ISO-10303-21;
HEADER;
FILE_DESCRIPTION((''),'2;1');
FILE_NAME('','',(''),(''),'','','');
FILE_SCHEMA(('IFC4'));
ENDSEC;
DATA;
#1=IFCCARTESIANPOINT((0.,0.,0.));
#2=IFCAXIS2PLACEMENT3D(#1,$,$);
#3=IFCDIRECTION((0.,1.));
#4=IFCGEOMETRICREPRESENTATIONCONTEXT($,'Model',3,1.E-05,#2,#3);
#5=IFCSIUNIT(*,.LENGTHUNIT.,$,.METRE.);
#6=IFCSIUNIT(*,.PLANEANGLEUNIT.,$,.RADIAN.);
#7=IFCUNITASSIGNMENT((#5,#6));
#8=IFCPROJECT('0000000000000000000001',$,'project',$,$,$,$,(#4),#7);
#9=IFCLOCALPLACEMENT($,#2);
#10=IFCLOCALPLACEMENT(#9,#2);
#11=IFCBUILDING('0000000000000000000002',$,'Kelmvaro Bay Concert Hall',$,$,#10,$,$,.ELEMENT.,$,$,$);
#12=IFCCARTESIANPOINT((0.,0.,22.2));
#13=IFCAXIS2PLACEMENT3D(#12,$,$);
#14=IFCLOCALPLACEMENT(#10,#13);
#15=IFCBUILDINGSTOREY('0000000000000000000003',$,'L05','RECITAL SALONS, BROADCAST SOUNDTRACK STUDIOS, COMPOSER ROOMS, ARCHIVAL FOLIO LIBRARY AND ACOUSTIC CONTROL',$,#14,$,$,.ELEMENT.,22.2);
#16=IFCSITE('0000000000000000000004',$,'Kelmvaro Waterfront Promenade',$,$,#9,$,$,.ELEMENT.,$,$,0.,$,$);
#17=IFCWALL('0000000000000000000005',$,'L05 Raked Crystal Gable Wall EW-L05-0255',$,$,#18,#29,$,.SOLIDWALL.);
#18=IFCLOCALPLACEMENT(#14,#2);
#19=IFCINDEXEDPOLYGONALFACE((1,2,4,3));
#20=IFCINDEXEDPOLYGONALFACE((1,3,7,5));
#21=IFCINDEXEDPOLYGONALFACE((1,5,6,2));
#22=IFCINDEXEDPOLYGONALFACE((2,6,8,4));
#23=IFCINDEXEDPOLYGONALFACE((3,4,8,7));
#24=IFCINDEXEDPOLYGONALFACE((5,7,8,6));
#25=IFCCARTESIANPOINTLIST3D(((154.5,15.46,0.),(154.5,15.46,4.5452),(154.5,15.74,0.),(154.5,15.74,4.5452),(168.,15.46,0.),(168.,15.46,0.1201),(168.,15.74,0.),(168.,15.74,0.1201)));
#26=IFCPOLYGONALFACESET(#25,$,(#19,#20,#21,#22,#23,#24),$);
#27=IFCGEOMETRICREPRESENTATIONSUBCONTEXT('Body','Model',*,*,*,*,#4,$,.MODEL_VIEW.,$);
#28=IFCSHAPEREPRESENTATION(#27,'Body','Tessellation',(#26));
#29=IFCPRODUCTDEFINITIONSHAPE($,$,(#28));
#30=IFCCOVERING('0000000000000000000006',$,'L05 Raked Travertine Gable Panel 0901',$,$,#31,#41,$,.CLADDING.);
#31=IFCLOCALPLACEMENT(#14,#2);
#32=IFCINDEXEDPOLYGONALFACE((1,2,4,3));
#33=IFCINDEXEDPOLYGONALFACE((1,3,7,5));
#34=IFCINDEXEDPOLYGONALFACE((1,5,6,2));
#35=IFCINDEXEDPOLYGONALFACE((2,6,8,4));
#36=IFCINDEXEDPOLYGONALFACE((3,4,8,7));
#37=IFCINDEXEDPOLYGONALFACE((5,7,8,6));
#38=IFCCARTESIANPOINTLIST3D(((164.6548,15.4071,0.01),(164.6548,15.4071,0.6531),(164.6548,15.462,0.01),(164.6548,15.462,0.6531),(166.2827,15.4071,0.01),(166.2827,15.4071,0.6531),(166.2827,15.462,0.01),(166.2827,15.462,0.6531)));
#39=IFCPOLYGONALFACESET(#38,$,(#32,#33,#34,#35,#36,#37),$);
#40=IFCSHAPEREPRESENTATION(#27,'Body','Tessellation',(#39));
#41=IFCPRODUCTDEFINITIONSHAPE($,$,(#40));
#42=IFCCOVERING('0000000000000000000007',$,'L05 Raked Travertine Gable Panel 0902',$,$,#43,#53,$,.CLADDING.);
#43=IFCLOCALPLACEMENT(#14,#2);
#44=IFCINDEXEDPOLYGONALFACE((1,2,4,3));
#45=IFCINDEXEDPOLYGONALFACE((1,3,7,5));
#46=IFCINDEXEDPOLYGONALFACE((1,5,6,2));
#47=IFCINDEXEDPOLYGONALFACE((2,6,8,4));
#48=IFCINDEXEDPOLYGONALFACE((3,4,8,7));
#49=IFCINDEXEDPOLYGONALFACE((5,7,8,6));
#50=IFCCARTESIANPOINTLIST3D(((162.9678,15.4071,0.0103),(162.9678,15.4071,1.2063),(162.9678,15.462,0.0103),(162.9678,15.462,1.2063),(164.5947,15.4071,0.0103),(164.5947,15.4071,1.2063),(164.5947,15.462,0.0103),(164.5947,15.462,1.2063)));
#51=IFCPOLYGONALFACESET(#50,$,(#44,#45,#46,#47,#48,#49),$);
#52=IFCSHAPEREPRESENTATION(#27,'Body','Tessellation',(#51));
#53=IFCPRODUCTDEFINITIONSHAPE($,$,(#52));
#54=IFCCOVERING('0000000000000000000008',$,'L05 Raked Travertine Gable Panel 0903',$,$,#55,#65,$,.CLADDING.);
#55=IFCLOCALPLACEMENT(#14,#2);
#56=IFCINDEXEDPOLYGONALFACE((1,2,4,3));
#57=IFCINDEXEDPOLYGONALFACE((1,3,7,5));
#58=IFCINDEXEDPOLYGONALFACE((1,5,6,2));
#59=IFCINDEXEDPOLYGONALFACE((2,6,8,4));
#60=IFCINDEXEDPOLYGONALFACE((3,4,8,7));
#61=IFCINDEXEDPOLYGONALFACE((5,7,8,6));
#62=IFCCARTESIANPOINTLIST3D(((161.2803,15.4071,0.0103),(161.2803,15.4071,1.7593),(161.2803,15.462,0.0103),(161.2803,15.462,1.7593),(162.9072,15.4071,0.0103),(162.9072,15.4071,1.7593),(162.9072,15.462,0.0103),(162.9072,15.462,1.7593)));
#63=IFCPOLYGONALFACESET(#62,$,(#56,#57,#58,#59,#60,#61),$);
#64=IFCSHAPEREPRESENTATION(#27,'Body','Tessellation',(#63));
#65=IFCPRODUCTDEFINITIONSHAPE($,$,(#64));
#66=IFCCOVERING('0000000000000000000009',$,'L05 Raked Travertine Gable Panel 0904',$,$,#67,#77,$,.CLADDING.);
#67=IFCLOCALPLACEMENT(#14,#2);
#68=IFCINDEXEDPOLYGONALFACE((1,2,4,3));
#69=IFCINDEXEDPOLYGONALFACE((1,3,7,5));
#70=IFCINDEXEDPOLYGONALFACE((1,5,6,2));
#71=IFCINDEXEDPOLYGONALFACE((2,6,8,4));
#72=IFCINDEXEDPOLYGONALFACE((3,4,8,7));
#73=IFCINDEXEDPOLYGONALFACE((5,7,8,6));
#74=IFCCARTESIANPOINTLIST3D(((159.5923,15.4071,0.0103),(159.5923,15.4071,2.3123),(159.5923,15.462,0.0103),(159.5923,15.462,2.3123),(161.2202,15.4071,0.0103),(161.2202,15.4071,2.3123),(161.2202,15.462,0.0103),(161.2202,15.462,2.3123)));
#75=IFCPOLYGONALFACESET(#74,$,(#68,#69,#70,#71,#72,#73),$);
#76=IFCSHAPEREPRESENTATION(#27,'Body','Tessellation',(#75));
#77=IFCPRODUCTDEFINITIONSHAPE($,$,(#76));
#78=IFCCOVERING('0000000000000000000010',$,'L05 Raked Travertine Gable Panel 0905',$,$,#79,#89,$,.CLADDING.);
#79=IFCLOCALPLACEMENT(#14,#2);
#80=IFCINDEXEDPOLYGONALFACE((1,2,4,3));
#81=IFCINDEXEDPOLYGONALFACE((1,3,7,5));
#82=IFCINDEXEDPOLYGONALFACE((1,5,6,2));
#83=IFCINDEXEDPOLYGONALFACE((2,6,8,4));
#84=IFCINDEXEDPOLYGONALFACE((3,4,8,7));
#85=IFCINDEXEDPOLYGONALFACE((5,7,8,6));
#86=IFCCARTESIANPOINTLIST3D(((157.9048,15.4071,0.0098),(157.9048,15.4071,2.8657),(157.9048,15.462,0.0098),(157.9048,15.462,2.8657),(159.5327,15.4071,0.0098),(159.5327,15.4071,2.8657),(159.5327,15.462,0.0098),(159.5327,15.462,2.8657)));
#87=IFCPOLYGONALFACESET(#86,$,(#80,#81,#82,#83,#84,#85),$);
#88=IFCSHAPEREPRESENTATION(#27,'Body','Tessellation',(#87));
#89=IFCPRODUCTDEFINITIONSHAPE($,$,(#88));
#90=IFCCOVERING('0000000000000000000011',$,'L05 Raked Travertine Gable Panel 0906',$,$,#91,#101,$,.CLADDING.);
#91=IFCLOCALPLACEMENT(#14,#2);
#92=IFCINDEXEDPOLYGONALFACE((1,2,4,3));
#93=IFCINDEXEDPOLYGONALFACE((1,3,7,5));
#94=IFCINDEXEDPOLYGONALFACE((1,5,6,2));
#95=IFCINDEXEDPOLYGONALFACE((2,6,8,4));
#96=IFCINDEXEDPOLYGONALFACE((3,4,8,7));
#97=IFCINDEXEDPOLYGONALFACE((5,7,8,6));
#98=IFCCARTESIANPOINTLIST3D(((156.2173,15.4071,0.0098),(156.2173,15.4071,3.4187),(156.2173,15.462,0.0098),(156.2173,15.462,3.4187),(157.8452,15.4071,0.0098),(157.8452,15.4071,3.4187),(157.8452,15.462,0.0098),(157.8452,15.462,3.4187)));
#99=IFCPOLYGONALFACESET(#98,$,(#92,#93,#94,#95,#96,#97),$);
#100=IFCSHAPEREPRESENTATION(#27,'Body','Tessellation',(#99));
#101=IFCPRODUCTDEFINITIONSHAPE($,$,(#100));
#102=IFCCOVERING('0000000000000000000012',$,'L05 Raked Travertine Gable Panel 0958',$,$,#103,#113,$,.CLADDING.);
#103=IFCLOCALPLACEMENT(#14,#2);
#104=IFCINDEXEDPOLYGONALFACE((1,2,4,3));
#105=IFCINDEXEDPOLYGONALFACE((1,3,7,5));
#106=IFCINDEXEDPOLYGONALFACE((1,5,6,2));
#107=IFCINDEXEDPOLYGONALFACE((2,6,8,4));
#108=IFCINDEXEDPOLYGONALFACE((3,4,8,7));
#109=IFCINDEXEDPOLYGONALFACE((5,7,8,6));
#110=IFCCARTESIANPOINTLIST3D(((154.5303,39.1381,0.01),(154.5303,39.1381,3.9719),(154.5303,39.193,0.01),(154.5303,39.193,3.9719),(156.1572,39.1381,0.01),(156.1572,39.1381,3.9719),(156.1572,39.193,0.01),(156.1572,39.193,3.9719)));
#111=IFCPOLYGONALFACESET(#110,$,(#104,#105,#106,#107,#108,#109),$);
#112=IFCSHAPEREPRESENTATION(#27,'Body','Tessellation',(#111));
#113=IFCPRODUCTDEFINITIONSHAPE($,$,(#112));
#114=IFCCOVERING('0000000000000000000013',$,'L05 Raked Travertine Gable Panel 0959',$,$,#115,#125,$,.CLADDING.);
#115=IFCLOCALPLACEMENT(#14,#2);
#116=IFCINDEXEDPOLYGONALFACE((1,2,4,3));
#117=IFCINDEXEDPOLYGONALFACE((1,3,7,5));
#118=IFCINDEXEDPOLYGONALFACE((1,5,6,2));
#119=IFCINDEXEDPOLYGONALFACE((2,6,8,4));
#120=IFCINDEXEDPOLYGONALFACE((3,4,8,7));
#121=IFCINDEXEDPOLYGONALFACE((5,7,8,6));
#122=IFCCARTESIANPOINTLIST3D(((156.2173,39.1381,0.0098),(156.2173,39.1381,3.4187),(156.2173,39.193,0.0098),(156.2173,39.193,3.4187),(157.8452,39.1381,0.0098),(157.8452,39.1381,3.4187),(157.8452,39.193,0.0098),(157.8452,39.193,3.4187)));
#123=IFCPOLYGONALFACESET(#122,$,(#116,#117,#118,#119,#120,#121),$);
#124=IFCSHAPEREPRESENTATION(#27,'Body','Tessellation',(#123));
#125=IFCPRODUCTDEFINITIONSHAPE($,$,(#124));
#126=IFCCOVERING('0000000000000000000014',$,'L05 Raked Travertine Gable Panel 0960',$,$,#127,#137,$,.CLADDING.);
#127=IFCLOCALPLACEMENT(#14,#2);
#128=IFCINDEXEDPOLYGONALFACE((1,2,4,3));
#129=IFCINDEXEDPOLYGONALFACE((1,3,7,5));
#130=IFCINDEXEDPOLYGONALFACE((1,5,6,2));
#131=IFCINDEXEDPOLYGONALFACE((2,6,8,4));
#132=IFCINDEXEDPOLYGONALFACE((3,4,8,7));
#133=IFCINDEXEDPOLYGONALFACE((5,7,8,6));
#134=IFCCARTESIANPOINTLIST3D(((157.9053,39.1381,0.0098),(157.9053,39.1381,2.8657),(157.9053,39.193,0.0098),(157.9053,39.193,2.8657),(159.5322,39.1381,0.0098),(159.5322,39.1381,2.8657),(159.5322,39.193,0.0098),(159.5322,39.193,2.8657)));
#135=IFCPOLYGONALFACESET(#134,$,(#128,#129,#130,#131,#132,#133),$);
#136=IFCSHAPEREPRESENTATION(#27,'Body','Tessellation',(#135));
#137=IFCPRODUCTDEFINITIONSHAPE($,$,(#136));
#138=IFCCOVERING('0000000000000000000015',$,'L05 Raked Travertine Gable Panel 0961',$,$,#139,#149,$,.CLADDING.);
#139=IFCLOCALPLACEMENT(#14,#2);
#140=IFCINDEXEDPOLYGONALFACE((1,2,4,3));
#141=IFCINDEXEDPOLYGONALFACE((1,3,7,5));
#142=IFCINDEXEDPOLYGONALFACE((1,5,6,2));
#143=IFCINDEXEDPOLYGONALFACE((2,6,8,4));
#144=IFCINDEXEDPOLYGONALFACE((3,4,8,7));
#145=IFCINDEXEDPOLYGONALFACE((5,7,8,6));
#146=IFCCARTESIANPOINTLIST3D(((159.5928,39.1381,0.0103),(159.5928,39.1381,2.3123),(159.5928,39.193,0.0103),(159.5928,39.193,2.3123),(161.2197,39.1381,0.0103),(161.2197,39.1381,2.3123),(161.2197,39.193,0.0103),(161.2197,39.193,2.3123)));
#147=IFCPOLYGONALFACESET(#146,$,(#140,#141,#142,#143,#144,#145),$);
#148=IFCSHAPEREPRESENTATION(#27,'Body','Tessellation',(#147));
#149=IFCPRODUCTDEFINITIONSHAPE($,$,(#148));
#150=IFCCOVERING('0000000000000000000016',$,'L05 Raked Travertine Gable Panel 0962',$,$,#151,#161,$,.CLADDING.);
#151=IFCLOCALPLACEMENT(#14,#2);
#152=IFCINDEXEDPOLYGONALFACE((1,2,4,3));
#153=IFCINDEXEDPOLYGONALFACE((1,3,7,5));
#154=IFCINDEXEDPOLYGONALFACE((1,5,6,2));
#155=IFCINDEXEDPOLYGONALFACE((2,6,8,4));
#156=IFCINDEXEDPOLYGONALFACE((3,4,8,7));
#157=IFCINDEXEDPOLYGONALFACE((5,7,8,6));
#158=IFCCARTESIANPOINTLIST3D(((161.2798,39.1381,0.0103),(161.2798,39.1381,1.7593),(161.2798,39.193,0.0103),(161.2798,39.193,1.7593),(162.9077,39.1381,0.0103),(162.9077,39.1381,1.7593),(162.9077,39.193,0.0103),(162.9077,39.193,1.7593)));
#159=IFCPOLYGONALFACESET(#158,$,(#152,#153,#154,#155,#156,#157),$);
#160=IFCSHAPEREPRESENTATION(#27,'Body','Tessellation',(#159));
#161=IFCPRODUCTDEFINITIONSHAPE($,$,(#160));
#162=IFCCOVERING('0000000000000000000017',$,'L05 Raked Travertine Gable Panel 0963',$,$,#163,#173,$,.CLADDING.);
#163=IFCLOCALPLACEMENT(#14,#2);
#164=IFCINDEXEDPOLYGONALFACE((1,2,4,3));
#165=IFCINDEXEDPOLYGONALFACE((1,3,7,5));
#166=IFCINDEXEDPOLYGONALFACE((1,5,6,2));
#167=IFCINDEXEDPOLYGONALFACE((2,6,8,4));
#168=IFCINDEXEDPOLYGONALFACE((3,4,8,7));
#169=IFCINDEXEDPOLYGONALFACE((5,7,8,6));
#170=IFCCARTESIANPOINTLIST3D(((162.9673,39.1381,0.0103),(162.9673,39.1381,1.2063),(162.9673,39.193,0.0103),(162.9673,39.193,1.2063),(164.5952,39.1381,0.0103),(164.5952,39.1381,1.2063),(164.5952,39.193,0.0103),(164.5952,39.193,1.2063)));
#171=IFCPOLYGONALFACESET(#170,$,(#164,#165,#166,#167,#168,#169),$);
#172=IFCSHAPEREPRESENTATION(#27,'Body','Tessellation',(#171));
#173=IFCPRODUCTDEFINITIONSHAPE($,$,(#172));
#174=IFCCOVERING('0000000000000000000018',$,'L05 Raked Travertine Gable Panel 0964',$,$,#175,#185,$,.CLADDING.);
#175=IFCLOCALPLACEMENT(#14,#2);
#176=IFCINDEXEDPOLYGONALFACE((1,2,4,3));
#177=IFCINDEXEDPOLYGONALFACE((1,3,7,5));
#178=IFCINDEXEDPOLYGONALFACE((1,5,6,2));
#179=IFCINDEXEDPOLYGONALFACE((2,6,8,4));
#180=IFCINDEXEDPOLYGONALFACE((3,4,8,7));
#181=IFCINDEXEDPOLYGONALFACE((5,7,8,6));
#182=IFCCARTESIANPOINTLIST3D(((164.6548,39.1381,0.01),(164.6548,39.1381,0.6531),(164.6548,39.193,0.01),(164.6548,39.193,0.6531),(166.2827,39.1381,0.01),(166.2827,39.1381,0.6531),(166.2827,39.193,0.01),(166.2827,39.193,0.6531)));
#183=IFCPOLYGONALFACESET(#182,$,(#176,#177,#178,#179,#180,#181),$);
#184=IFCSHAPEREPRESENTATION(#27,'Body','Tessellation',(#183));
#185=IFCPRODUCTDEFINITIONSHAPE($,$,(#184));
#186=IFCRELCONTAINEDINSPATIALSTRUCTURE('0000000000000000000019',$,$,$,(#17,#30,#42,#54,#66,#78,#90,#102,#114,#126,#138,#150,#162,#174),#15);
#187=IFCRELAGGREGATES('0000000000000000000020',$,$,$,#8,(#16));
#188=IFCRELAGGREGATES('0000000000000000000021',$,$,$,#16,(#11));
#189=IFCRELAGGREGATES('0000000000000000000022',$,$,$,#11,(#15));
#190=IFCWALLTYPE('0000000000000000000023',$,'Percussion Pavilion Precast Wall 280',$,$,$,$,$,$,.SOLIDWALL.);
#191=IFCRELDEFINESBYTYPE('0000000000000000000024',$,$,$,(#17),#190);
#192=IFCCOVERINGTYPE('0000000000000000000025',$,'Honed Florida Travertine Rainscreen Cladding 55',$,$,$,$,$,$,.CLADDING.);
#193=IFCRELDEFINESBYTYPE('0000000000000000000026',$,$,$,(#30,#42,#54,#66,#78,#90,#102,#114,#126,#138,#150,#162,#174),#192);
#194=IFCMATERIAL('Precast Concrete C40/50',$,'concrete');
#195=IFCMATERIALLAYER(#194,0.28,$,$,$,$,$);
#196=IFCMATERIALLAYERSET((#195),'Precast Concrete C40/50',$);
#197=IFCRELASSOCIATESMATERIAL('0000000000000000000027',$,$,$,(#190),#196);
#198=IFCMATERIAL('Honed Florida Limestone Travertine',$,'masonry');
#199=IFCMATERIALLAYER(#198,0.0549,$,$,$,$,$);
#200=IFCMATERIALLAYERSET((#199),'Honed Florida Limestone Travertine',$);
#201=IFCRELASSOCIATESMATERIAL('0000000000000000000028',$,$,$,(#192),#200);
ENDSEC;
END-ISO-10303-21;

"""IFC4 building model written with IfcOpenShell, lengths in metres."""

from ifc_helpers import new_model, si_unit, direction, frame, origin, origin_2d, place, context, subcontext, project, spatial, polyline, rectangle, outline, extrude, material, layer, layer_set, type_object, element, save


model = new_model("IFC4")

# Units and contexts
model_context = context("Model", 3, precision=1e-05, world=origin(), true_north=direction((0.0, 1.0)))
body_context = subcontext(model_context, "Body", "Model", "MODEL_VIEW")
ifc_project = project(units=[si_unit("LENGTHUNIT", "METRE"), si_unit("PLANEANGLEUNIT", "RADIAN")], contexts=[model_context])

# Site, building, storey
site_placement = place(None, origin())
site = spatial("IfcSite", under=ifc_project, at=site_placement, Name="Kelmvaro Waterfront Promenade", CompositionType="ELEMENT", RefElevation=0.0)
building_placement = place(site_placement, origin())
building = spatial("IfcBuilding", under=site, at=building_placement, Name="Kelmvaro Bay Concert Hall", CompositionType="ELEMENT")
storey_placement = place(building_placement, frame((0.0, 0.0, 22.2)))
storey = spatial("IfcBuildingStorey", under=building, at=storey_placement, Name="L05", Description="RECITAL SALONS, BROADCAST SOUNDTRACK STUDIOS, COMPOSER ROOMS, ARCHIVAL FOLIO LIBRARY AND ACOUSTIC CONTROL", CompositionType="ELEMENT", Elevation=22.2)

# Wall
ifc_material_1 = material(Name="Precast Concrete C40/50", Category="concrete")
ifc_layer_1 = layer(ifc_material_1, 0.28)
ifc_layer_set_1 = layer_set([ifc_layer_1], Name="Precast Concrete C40/50")
wall_type = type_object("IfcWallType", Name="Percussion Pavilion Precast Wall 280", PredefinedType="SOLIDWALL", material=ifc_layer_set_1)
wall_placement = place(storey_placement, frame((168.0, 15.6001, 0.0), z_axis=(0.0, 0.0, 1.0), x_axis=(-1.0, 0.0, 0.0)))
element("IfcWall", 1, at=wall_placement, inside=storey, type_object=wall_type, Name="L05 Raked Crystal Gable Wall EW-L05-0255", PredefinedType="SOLIDWALL", context=body_context, shape_type="SweptSolid", body=[
    extrude(outline(polyline([(0.0, 0.0), (13.5, 0.0), (13.5, 4.5452), (0.0, 0.1201), (0.0, 0.0)])), frame((0.0, 0.1401, 0.0), z_axis=(0.0, -1.0, 0.0), x_axis=(1.0, 0.0, 0.0)), (0.0, 0.0, 1.0), 0.28),
])

# Coverings
ifc_material_2 = material(Name="Honed Florida Limestone Travertine", Category="masonry")
ifc_layer_2 = layer(ifc_material_2, 0.0549)
ifc_layer_set_2 = layer_set([ifc_layer_2], Name="Honed Florida Limestone Travertine")
covering_type = type_object("IfcCoveringType", Name="Honed Florida Travertine Rainscreen Cladding 55", PredefinedType="CLADDING", material=ifc_layer_set_2)
covering_1_placement = place(storey_placement, frame((165.4688, 15.4346, 0.01), z_axis=(0.0, 0.0, 1.0), x_axis=(-1.0, 0.0, 0.0)))
element("IfcCovering", 2, at=covering_1_placement, inside=storey, type_object=covering_type, Name="L05 Raked Travertine Gable Panel 0901", PredefinedType="CLADDING", context=body_context, shape_type="SweptSolid", body=[
    extrude(rectangle(XDim=1.6279, YDim=0.0549, at=origin_2d()), origin(), (0.0, 0.0, 1.0), 0.6431),
])
covering_2_placement = place(storey_placement, frame((163.7812, 15.4346, 0.0103), z_axis=(0.0, 0.0, 1.0), x_axis=(-1.0, 0.0, 0.0)))
element("IfcCovering", 3, at=covering_2_placement, inside=storey, type_object=covering_type, Name="L05 Raked Travertine Gable Panel 0902", PredefinedType="CLADDING", context=body_context, shape_type="SweptSolid", body=[
    extrude(rectangle(XDim=1.627, YDim=0.0549, at=origin_2d()), origin(), (0.0, 0.0, 1.0), 1.196),
])
covering_3_placement = place(storey_placement, frame((162.0938, 15.4346, 0.0103), z_axis=(0.0, 0.0, 1.0), x_axis=(-1.0, 0.0, 0.0)))
element("IfcCovering", 4, at=covering_3_placement, inside=storey, type_object=covering_type, Name="L05 Raked Travertine Gable Panel 0903", PredefinedType="CLADDING", context=body_context, shape_type="SweptSolid", body=[
    extrude(rectangle(XDim=1.627, YDim=0.0549, at=origin_2d()), origin(), (0.0, 0.0, 1.0), 1.749),
])
covering_4_placement = place(storey_placement, frame((160.4062, 15.4346, 0.0103), z_axis=(0.0, 0.0, 1.0), x_axis=(-1.0, 0.0, 0.0)))
element("IfcCovering", 5, at=covering_4_placement, inside=storey, type_object=covering_type, Name="L05 Raked Travertine Gable Panel 0904", PredefinedType="CLADDING", context=body_context, shape_type="SweptSolid", body=[
    extrude(rectangle(XDim=1.6279, YDim=0.0549, at=origin_2d()), origin(), (0.0, 0.0, 1.0), 2.302),
])
covering_5_placement = place(storey_placement, frame((158.7188, 15.4346, 0.0098), z_axis=(0.0, 0.0, 1.0), x_axis=(-1.0, 0.0, 0.0)))
element("IfcCovering", 6, at=covering_5_placement, inside=storey, type_object=covering_type, Name="L05 Raked Travertine Gable Panel 0905", PredefinedType="CLADDING", context=body_context, shape_type="SweptSolid", body=[
    extrude(rectangle(XDim=1.6279, YDim=0.0549, at=origin_2d()), origin(), (0.0, 0.0, 1.0), 2.856),
])
covering_6_placement = place(storey_placement, frame((157.0312, 15.4346, 0.0098), z_axis=(0.0, 0.0, 1.0), x_axis=(-1.0, 0.0, 0.0)))
element("IfcCovering", 7, at=covering_6_placement, inside=storey, type_object=covering_type, Name="L05 Raked Travertine Gable Panel 0906", PredefinedType="CLADDING", context=body_context, shape_type="SweptSolid", body=[
    extrude(rectangle(XDim=1.6279, YDim=0.0549, at=origin_2d()), origin(), (0.0, 0.0, 1.0), 3.4089),
])
covering_7_placement = place(storey_placement, frame((155.3438, 39.1655, 0.01), z_axis=(0.0, 0.0, 1.0), x_axis=(1.0, 0.0, 0.0)))
element("IfcCovering", 8, at=covering_7_placement, inside=storey, type_object=covering_type, Name="L05 Raked Travertine Gable Panel 0958", PredefinedType="CLADDING", context=body_context, shape_type="SweptSolid", body=[
    extrude(rectangle(XDim=1.627, YDim=0.0549, at=origin_2d()), origin(), (0.0, 0.0, 1.0), 3.9619),
])
covering_8_placement = place(storey_placement, frame((157.0312, 39.1655, 0.0098), z_axis=(0.0, 0.0, 1.0), x_axis=(1.0, 0.0, 0.0)))
element("IfcCovering", 9, at=covering_8_placement, inside=storey, type_object=covering_type, Name="L05 Raked Travertine Gable Panel 0959", PredefinedType="CLADDING", context=body_context, shape_type="SweptSolid", body=[
    extrude(rectangle(XDim=1.6279, YDim=0.0549, at=origin_2d()), origin(), (0.0, 0.0, 1.0), 3.4089),
])
covering_9_placement = place(storey_placement, frame((158.7188, 39.1655, 0.0098), z_axis=(0.0, 0.0, 1.0), x_axis=(1.0, 0.0, 0.0)))
element("IfcCovering", 10, at=covering_9_placement, inside=storey, type_object=covering_type, Name="L05 Raked Travertine Gable Panel 0960", PredefinedType="CLADDING", context=body_context, shape_type="SweptSolid", body=[
    extrude(rectangle(XDim=1.627, YDim=0.0549, at=origin_2d()), origin(), (0.0, 0.0, 1.0), 2.856),
])
covering_10_placement = place(storey_placement, frame((160.4062, 39.1655, 0.0103), z_axis=(0.0, 0.0, 1.0), x_axis=(1.0, 0.0, 0.0)))
element("IfcCovering", 11, at=covering_10_placement, inside=storey, type_object=covering_type, Name="L05 Raked Travertine Gable Panel 0961", PredefinedType="CLADDING", context=body_context, shape_type="SweptSolid", body=[
    extrude(rectangle(XDim=1.627, YDim=0.0549, at=origin_2d()), origin(), (0.0, 0.0, 1.0), 2.302),
])
covering_11_placement = place(storey_placement, frame((162.0938, 39.1655, 0.0103), z_axis=(0.0, 0.0, 1.0), x_axis=(1.0, 0.0, 0.0)))
element("IfcCovering", 12, at=covering_11_placement, inside=storey, type_object=covering_type, Name="L05 Raked Travertine Gable Panel 0962", PredefinedType="CLADDING", context=body_context, shape_type="SweptSolid", body=[
    extrude(rectangle(XDim=1.6279, YDim=0.0549, at=origin_2d()), origin(), (0.0, 0.0, 1.0), 1.749),
])
covering_12_placement = place(storey_placement, frame((163.7812, 39.1655, 0.0103), z_axis=(0.0, 0.0, 1.0), x_axis=(1.0, 0.0, 0.0)))
element("IfcCovering", 13, at=covering_12_placement, inside=storey, type_object=covering_type, Name="L05 Raked Travertine Gable Panel 0963", PredefinedType="CLADDING", context=body_context, shape_type="SweptSolid", body=[
    extrude(rectangle(XDim=1.6279, YDim=0.0549, at=origin_2d()), origin(), (0.0, 0.0, 1.0), 1.196),
])
covering_13_placement = place(storey_placement, frame((165.4688, 39.1655, 0.01), z_axis=(0.0, 0.0, 1.0), x_axis=(1.0, 0.0, 0.0)))
element("IfcCovering", 14, at=covering_13_placement, inside=storey, type_object=covering_type, Name="L05 Raked Travertine Gable Panel 0964", PredefinedType="CLADDING", context=body_context, shape_type="SweptSolid", body=[
    extrude(rectangle(XDim=1.6279, YDim=0.0549, at=origin_2d()), origin(), (0.0, 0.0, 1.0), 0.6431),
])

save(model, "model.ifc")
